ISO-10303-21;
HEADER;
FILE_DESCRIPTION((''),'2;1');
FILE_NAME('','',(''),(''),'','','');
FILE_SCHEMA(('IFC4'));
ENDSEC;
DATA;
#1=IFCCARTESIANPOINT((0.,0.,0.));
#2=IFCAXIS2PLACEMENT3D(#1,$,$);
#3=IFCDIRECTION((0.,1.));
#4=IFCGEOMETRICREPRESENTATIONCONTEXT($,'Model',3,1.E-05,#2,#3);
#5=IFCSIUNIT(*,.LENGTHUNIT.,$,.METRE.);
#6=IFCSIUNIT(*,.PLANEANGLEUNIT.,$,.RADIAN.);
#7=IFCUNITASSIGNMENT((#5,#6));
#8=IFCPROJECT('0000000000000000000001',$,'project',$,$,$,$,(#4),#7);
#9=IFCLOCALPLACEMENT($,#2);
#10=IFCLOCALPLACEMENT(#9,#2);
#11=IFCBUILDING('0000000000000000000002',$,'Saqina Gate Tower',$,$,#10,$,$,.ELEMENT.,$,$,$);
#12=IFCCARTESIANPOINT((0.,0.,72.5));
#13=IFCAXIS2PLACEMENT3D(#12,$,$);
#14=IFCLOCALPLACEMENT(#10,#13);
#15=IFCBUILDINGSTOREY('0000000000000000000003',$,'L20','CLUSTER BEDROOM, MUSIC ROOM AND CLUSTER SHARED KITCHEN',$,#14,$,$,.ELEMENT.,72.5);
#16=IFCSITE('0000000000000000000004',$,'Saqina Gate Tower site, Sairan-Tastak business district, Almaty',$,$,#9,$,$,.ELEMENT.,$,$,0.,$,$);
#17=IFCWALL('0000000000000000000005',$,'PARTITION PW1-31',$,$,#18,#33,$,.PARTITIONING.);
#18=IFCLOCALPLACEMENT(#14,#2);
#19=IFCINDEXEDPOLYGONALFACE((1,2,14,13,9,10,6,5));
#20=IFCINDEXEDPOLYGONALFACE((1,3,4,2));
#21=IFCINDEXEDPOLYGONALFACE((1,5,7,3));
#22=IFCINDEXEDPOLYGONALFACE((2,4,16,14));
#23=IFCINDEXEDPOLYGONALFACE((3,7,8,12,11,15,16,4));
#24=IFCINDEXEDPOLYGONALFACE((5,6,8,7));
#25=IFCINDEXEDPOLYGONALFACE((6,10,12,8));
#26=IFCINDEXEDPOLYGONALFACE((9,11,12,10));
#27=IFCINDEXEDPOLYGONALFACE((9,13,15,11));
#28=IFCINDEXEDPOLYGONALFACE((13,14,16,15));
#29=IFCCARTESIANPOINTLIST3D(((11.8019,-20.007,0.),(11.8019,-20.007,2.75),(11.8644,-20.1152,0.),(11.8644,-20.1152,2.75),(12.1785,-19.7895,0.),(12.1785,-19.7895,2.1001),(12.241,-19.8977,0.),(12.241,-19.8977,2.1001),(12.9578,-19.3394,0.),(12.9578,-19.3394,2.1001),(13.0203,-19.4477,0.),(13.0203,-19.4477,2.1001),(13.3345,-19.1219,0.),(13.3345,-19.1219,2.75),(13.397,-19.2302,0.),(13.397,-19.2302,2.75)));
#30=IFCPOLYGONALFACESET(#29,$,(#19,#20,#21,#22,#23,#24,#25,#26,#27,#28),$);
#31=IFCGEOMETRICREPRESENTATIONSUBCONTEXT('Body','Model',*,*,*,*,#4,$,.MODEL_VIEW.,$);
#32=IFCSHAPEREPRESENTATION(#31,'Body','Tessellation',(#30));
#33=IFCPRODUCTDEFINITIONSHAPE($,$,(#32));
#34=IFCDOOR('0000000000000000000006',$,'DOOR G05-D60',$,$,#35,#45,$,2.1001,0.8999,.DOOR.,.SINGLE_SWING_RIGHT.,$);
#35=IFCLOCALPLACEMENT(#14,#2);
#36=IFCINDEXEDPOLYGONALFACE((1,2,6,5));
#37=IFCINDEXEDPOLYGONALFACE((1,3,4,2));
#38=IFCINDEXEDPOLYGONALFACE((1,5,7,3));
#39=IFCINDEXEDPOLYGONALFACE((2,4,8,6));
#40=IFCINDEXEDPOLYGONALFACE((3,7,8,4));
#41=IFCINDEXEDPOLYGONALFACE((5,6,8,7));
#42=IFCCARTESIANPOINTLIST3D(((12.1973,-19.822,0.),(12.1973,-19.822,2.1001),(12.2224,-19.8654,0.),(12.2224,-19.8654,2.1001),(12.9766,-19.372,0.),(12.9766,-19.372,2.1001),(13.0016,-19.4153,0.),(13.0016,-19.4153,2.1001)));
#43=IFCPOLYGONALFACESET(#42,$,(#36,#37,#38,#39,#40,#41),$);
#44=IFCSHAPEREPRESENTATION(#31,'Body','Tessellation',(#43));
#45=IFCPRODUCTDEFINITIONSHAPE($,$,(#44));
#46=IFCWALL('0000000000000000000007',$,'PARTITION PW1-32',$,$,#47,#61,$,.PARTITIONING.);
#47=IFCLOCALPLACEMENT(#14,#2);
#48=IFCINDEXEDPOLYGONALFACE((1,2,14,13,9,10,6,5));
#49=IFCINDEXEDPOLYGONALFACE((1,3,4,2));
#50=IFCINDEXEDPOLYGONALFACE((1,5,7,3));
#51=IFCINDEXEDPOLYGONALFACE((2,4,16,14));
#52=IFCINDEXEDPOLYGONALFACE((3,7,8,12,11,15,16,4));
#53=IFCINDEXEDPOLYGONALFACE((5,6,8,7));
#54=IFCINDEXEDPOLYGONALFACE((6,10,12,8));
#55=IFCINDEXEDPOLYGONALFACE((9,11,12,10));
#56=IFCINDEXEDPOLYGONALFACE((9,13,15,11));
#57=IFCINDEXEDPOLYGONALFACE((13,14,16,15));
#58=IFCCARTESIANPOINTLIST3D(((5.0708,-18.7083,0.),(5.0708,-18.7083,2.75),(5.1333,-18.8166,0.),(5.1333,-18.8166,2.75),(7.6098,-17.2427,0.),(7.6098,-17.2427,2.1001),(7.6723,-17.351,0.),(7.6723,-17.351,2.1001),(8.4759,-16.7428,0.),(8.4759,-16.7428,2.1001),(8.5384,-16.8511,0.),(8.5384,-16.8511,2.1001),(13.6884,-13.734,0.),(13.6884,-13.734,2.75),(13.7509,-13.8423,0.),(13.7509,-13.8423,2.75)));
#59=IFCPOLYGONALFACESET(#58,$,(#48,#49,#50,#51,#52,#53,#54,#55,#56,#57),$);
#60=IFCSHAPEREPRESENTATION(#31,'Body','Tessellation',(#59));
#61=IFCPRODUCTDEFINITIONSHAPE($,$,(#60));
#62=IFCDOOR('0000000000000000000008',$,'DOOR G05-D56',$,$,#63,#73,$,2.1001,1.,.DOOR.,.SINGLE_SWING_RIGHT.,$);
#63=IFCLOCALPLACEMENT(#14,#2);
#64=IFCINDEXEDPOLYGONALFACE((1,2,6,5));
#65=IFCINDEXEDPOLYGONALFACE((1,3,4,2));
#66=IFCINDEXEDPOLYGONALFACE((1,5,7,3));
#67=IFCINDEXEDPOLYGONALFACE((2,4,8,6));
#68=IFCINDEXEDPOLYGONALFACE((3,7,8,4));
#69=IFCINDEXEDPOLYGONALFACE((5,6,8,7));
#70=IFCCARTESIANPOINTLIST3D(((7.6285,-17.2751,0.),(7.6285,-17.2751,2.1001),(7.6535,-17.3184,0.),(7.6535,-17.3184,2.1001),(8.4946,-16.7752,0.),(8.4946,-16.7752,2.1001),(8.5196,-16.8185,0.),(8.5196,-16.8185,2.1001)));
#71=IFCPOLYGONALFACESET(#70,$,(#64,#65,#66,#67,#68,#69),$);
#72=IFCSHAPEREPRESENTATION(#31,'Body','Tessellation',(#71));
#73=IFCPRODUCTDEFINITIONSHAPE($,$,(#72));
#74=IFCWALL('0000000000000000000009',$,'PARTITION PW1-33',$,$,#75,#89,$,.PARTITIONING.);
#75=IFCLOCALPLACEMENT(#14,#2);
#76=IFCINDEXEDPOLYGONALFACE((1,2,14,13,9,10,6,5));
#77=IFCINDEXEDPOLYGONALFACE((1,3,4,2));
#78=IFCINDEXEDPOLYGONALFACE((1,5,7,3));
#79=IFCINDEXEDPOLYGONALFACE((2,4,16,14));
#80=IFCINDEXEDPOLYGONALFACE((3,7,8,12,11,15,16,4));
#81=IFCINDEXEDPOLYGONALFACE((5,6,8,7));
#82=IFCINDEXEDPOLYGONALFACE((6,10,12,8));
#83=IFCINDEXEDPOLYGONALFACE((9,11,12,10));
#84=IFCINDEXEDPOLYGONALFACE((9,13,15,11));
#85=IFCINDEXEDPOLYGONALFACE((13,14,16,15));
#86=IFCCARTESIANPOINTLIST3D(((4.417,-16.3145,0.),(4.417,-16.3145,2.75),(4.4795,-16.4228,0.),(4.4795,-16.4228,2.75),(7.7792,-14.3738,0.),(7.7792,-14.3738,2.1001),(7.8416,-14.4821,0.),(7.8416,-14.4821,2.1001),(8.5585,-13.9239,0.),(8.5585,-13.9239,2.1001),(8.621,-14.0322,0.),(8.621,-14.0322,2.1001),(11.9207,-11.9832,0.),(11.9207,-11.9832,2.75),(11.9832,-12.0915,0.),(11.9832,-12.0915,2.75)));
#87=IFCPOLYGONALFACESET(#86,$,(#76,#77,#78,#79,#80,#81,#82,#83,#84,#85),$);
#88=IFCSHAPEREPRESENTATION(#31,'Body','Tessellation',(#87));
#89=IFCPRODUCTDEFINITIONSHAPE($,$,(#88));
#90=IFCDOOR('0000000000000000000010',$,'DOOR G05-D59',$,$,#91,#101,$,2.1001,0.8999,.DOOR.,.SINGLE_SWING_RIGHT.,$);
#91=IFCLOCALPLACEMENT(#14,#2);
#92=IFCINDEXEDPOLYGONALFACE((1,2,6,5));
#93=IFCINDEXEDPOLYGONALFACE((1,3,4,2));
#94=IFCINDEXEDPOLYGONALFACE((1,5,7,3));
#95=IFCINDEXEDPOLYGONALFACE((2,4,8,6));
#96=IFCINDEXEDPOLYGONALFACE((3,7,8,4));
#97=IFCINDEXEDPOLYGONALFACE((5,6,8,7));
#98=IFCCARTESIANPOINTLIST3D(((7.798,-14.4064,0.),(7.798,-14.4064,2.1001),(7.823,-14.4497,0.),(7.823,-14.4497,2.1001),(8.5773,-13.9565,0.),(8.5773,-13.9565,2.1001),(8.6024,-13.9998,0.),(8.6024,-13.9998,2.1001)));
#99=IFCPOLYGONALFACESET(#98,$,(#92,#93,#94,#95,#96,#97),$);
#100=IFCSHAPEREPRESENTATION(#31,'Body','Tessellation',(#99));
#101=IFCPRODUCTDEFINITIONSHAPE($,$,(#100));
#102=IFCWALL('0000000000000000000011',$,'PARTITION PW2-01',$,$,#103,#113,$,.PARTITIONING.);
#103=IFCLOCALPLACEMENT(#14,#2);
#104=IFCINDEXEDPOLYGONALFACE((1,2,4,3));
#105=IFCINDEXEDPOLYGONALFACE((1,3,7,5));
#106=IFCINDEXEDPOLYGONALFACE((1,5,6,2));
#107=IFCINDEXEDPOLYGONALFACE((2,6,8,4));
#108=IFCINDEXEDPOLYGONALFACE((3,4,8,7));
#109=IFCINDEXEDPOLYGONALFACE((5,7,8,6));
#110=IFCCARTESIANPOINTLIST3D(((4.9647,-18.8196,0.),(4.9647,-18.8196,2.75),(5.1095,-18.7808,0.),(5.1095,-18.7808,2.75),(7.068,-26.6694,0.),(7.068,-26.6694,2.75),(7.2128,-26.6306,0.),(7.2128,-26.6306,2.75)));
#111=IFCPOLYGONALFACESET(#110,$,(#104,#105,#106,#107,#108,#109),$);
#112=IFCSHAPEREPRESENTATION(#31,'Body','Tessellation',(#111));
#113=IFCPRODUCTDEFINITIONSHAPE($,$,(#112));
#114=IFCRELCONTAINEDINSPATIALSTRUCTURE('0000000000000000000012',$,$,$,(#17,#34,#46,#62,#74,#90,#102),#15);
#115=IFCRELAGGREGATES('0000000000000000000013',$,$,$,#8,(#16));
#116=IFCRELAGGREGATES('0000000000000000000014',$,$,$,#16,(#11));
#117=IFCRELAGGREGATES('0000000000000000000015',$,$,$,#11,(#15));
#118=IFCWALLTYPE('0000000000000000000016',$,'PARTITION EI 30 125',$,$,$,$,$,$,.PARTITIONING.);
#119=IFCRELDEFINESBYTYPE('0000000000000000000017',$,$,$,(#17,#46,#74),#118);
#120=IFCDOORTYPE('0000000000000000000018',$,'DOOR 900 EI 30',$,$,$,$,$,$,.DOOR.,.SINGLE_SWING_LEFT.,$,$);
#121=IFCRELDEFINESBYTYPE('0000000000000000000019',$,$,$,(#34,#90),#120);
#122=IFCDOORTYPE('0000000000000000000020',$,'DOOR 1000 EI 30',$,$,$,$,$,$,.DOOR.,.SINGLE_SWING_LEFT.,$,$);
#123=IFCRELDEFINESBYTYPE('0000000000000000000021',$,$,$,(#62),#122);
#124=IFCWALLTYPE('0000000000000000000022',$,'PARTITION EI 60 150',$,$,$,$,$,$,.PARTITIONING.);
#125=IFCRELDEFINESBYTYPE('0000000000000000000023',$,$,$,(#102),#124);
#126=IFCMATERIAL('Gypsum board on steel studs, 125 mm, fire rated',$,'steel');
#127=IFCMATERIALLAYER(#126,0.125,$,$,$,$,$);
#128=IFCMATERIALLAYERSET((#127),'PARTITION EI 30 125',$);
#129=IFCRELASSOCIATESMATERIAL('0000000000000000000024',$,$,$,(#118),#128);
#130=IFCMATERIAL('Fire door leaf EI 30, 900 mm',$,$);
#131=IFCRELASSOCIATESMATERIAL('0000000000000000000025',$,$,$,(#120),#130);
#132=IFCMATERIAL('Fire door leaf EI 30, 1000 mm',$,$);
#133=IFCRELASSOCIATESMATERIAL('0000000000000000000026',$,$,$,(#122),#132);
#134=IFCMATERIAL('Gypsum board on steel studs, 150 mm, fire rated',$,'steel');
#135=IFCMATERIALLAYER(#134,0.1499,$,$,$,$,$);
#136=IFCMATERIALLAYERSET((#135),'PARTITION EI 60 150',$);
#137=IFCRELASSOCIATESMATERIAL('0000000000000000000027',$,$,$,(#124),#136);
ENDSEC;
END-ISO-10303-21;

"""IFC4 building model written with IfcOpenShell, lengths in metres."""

from ifc_helpers import new_model, si_unit, direction, frame, frame_2d, origin, place, context, subcontext, project, spatial, rectangle, extrude, material, layer, layer_set, type_object, element, fill, save


model = new_model("IFC4")

# Units and contexts
model_context = context("Model", 3, precision=1e-05, world=origin(), true_north=direction((0.0, 1.0)))
body_context = subcontext(model_context, "Body", "Model", "MODEL_VIEW")
ifc_project = project(units=[si_unit("LENGTHUNIT", "METRE"), si_unit("PLANEANGLEUNIT", "RADIAN")], contexts=[model_context])

# Site, building, storey
site_placement = place(None, origin())
site = spatial("IfcSite", under=ifc_project, at=site_placement, Name="Saqina Gate Tower site, Sairan-Tastak business district, Almaty", CompositionType="ELEMENT", RefElevation=0.0)
building_placement = place(site_placement, origin())
building = spatial("IfcBuilding", under=site, at=building_placement, Name="Saqina Gate Tower", CompositionType="ELEMENT")
storey_placement = place(building_placement, frame((0.0, 0.0, 72.5)))
storey = spatial("IfcBuildingStorey", under=building, at=storey_placement, Name="L20", Description="CLUSTER BEDROOM, MUSIC ROOM AND CLUSTER SHARED KITCHEN", CompositionType="ELEMENT", Elevation=72.5)

# Walls, openings, doors
ifc_material_1 = material(Name="Gypsum board on steel studs, 125 mm, fire rated", Category="steel")
ifc_layer_1 = layer(ifc_material_1, 0.125)
ifc_layer_set_1 = layer_set([ifc_layer_1], Name="PARTITION EI 30 125")
wall_type_1 = type_object("IfcWallType", Name="PARTITION EI 30 125", PredefinedType="PARTITIONING", material=ifc_layer_set_1)
wall_1_placement = place(storey_placement, frame((11.8333, -20.061, 0.0), z_axis=(0.0, 0.0, 1.0), x_axis=(0.865967, 0.500101, 0.0)))
wall_1 = element("IfcWall", 1, at=wall_1_placement, inside=storey, type_object=wall_type_1, Name="PARTITION PW1-31", PredefinedType="PARTITIONING", context=body_context, shape_type="SweptSolid", body=[
    extrude(rectangle(XDim=1.7698, YDim=0.125, at=frame_2d((0.8848, 0.0))), origin(), (0.0, 0.0, 1.0), 2.75),
])
opening_1_placement = place(wall_1_placement, frame((0.4348, 0.0, 0.0)))
opening_1 = element("IfcOpeningElement", 2, at=opening_1_placement, cuts=wall_1, PredefinedType="OPENING", context=body_context, shape_type="SweptSolid", body=[
    extrude(rectangle(XDim=0.8999, YDim=2.1001, at=frame_2d((0.45, 1.05))), frame((0.0, 0.0745, 0.0), z_axis=(0.0, -1.0, 0.0), x_axis=(1.0, 0.0, 0.0)), (0.0, 0.0, 1.0), 0.1489),
])
ifc_material_2 = material(Name="Fire door leaf EI 30, 900 mm")
door_type_1 = type_object("IfcDoorType", Name="DOOR 900 EI 30", OperationType="SINGLE_SWING_LEFT", PredefinedType="DOOR", material=ifc_material_2)
door_1_placement = place(opening_1_placement, origin())
door_1 = element("IfcDoor", 3, at=door_1_placement, inside=storey, type_object=door_type_1, Name="DOOR G05-D60", OperationType="SINGLE_SWING_RIGHT", OverallHeight=2.1001, OverallWidth=0.8999, PredefinedType="DOOR", context=body_context, shape_type="SweptSolid", body=[
    extrude(rectangle(XDim=0.8999, YDim=2.1001, at=frame_2d((0.45, 1.05))), frame((0.0, 0.0249, 0.0), z_axis=(0.0, -1.0, 0.0), x_axis=(1.0, 0.0, 0.0)), (0.0, 0.0, 1.0), 0.05),
])
fill(opening_1, door_1)
wall_2_placement = place(storey_placement, frame((5.1021, -18.7625, 0.0), z_axis=(0.0, 0.0, 1.0), x_axis=(0.866071, 0.499921, 0.0)))
wall_2 = element("IfcWall", 4, at=wall_2_placement, inside=storey, type_object=wall_type_1, Name="PARTITION PW1-32", PredefinedType="PARTITIONING", context=body_context, shape_type="SweptSolid", body=[
    extrude(rectangle(XDim=9.9502, YDim=0.125, at=frame_2d((4.9751, 0.0))), origin(), (0.0, 0.0, 1.0), 2.75),
])
opening_2_placement = place(wall_2_placement, frame((2.9316, 0.0, 0.0)))
opening_2 = element("IfcOpeningElement", 5, at=opening_2_placement, cuts=wall_2, PredefinedType="OPENING", context=body_context, shape_type="SweptSolid", body=[
    extrude(rectangle(XDim=1.0, YDim=2.1001, at=frame_2d((0.5, 1.05))), frame((0.0, 0.0745, 0.0), z_axis=(0.0, -1.0, 0.0), x_axis=(1.0, 0.0, 0.0)), (0.0, 0.0, 1.0), 0.1489),
])
ifc_material_3 = material(Name="Fire door leaf EI 30, 1000 mm")
door_type_2 = type_object("IfcDoorType", Name="DOOR 1000 EI 30", OperationType="SINGLE_SWING_LEFT", PredefinedType="DOOR", material=ifc_material_3)
door_2_placement = place(opening_2_placement, frame((1.0, 0.0, 0.0), z_axis=(0.0, 0.0, 1.0), x_axis=(-1.0, 0.0, 0.0)))
door_2 = element("IfcDoor", 6, at=door_2_placement, inside=storey, type_object=door_type_2, Name="DOOR G05-D56", OperationType="SINGLE_SWING_RIGHT", OverallHeight=2.1001, OverallWidth=1.0, PredefinedType="DOOR", context=body_context, shape_type="SweptSolid", body=[
    extrude(rectangle(XDim=1.0, YDim=2.1001, at=frame_2d((0.5, 1.05))), frame((0.0, 0.0249, 0.0), z_axis=(0.0, -1.0, 0.0), x_axis=(1.0, 0.0, 0.0)), (0.0, 0.0, 1.0), 0.05),
])
fill(opening_2, door_2)
wall_3_placement = place(storey_placement, frame((4.4482, -16.3687, 0.0), z_axis=(0.0, 0.0, 1.0), x_axis=(0.866073, 0.499918, 0.0)))
wall_3 = element("IfcWall", 7, at=wall_3_placement, inside=storey, type_object=wall_type_1, Name="PARTITION PW1-33", PredefinedType="PARTITIONING", context=body_context, shape_type="SweptSolid", body=[
    extrude(rectangle(XDim=8.6641, YDim=0.125, at=frame_2d((4.332, 0.0))), origin(), (0.0, 0.0, 1.0), 2.75),
])
opening_3_placement = place(wall_3_placement, frame((3.8821, 0.0, 0.0)))
opening_3 = element("IfcOpeningElement", 8, at=opening_3_placement, cuts=wall_3, PredefinedType="OPENING", context=body_context, shape_type="SweptSolid", body=[
    extrude(rectangle(XDim=0.8999, YDim=2.1001, at=frame_2d((0.45, 1.05))), frame((0.0, 0.0745, 0.0), z_axis=(0.0, -1.0, 0.0), x_axis=(1.0, 0.0, 0.0)), (0.0, 0.0, 1.0), 0.1489),
])
door_3_placement = place(opening_3_placement, origin())
door_3 = element("IfcDoor", 9, at=door_3_placement, inside=storey, type_object=door_type_1, Name="DOOR G05-D59", OperationType="SINGLE_SWING_RIGHT", OverallHeight=2.1001, OverallWidth=0.8999, PredefinedType="DOOR", context=body_context, shape_type="SweptSolid", body=[
    extrude(rectangle(XDim=0.8999, YDim=2.1001, at=frame_2d((0.45, 1.05))), frame((0.0, 0.0249, 0.0), z_axis=(0.0, -1.0, 0.0), x_axis=(1.0, 0.0, 0.0)), (0.0, 0.0, 1.0), 0.05),
])
fill(opening_3, door_3)

# Wall
ifc_material_4 = material(Name="Gypsum board on steel studs, 150 mm, fire rated", Category="steel")
ifc_layer_2 = layer(ifc_material_4, 0.1499)
ifc_layer_set_2 = layer_set([ifc_layer_2], Name="PARTITION EI 60 150")
wall_type_2 = type_object("IfcWallType", Name="PARTITION EI 60 150", PredefinedType="PARTITIONING", material=ifc_layer_set_2)
wall_4_placement = place(storey_placement, frame((5.0371, -18.8, 0.0), z_axis=(0.0, 0.0, 1.0), x_axis=(0.258809, -0.965929, 0.0)))
element("IfcWall", 10, at=wall_4_placement, inside=storey, type_object=wall_type_2, Name="PARTITION PW2-01", PredefinedType="PARTITIONING", context=body_context, shape_type="SweptSolid", body=[
    extrude(rectangle(XDim=8.1267, YDim=0.1499, at=frame_2d((4.0635, 0.0))), origin(), (0.0, 0.0, 1.0), 2.75),
])

save(model, "model.ifc")
